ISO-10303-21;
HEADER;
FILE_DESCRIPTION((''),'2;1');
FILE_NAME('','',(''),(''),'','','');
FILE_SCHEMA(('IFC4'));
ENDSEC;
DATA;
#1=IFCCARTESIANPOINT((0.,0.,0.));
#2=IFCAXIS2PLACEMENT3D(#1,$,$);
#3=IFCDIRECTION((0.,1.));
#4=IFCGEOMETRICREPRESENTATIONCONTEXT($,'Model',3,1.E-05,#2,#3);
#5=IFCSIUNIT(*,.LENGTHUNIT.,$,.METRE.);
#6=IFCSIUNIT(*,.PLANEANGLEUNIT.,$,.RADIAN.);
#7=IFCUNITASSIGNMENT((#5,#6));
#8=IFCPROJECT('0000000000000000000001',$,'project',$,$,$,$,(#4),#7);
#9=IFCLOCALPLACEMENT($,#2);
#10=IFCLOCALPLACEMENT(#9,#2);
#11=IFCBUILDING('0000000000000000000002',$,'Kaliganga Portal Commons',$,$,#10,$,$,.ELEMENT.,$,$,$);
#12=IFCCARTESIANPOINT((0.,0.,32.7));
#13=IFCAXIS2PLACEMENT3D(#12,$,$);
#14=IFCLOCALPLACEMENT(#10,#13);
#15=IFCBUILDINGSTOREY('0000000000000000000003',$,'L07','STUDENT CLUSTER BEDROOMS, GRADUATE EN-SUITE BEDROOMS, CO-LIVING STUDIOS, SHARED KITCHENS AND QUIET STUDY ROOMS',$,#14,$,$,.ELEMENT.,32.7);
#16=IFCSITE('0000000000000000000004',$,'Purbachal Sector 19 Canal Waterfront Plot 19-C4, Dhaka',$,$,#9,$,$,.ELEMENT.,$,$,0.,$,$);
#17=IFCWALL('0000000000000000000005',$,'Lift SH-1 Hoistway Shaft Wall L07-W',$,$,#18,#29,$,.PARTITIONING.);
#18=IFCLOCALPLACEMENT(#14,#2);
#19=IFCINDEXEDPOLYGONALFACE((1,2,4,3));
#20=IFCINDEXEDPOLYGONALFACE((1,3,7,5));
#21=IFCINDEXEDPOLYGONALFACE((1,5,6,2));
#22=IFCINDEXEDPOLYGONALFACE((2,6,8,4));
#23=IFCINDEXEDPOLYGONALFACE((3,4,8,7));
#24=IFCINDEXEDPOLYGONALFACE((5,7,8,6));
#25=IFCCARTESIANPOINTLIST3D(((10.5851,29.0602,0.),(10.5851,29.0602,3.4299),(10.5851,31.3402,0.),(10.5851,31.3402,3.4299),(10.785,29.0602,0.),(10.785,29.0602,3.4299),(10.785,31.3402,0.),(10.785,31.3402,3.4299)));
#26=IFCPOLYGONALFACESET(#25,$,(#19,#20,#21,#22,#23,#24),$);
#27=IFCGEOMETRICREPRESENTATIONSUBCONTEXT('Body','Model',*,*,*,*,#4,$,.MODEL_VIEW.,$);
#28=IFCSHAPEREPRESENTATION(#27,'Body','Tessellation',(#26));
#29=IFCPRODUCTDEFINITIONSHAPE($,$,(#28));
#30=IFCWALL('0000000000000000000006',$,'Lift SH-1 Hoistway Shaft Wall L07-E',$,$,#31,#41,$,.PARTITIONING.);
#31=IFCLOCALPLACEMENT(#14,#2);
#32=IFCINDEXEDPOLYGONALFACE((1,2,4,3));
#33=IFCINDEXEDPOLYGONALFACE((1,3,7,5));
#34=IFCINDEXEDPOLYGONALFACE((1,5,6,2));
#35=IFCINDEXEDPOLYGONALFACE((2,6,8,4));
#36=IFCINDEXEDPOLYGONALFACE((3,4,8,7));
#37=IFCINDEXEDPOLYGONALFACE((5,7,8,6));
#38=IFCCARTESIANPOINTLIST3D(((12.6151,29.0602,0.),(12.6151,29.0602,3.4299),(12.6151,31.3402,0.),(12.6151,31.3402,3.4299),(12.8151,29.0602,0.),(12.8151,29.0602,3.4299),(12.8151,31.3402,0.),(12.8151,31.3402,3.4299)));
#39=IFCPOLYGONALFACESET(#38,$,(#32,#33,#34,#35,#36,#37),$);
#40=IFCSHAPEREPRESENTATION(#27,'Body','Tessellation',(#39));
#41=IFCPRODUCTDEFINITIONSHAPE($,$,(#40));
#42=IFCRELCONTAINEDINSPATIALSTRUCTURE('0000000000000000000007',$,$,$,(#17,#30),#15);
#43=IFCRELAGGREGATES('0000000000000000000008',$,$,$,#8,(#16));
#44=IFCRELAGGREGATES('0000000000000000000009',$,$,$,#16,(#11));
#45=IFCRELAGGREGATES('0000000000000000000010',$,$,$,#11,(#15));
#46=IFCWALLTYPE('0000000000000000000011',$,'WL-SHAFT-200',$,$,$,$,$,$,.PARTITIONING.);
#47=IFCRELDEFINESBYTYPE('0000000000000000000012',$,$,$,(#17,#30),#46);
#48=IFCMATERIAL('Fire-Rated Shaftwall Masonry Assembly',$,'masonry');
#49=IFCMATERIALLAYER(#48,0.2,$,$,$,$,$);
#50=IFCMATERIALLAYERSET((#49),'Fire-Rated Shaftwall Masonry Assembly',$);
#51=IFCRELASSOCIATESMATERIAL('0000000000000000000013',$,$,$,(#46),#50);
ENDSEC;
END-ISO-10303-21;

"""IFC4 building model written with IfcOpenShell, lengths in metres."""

from ifc_helpers import new_model, si_unit, direction, frame, frame_2d, origin, place, context, subcontext, project, spatial, rectangle, extrude, material, layer, layer_set, type_object, element, save


model = new_model("IFC4")

# Units and contexts
model_context = context("Model", 3, precision=1e-05, world=origin(), true_north=direction((0.0, 1.0)))
body_context = subcontext(model_context, "Body", "Model", "MODEL_VIEW")
ifc_project = project(units=[si_unit("LENGTHUNIT", "METRE"), si_unit("PLANEANGLEUNIT", "RADIAN")], contexts=[model_context])

# Site, building, storey
site_placement = place(None, origin())
site = spatial("IfcSite", under=ifc_project, at=site_placement, Name="Purbachal Sector 19 Canal Waterfront Plot 19-C4, Dhaka", CompositionType="ELEMENT", RefElevation=0.0)
building_placement = place(site_placement, origin())
building = spatial("IfcBuilding", under=site, at=building_placement, Name="Kaliganga Portal Commons", CompositionType="ELEMENT")
storey_placement = place(building_placement, frame((0.0, 0.0, 32.7)))
storey = spatial("IfcBuildingStorey", under=building, at=storey_placement, Name="L07", Description="STUDENT CLUSTER BEDROOMS, GRADUATE EN-SUITE BEDROOMS, CO-LIVING STUDIOS, SHARED KITCHENS AND QUIET STUDY ROOMS", CompositionType="ELEMENT", Elevation=32.7)

# Walls
ifc_material_1 = material(Name="Fire-Rated Shaftwall Masonry Assembly", Category="masonry")
ifc_layer_1 = layer(ifc_material_1, 0.2)
ifc_layer_set_1 = layer_set([ifc_layer_1], Name="Fire-Rated Shaftwall Masonry Assembly")
wall_type_1 = type_object("IfcWallType", Name="WL-SHAFT-200", PredefinedType="PARTITIONING", material=ifc_layer_set_1)
for number, where, z_axis, x_axis, name in (
    (1, (10.6851, 29.0601, 0.0), (0.0, 0.0, 1.0), (0.0, 1.0, 0.0), "Lift SH-1 Hoistway Shaft Wall L07-W"),
    (2, (12.7151, 29.0601, 0.0), (0.0, 0.0, 1.0), (0.0, 1.0, 0.0), "Lift SH-1 Hoistway Shaft Wall L07-E"),
):
    element("IfcWall", number, at=place(storey_placement, frame(where, z_axis=z_axis, x_axis=x_axis)), inside=storey, type_object=wall_type_1, Name=name, PredefinedType="PARTITIONING", context=body_context, shape_type="SweptSolid", body=[
        extrude(rectangle(XDim=2.28, YDim=0.2, at=frame_2d((1.1401, 0.0))), origin(), (0.0, 0.0, 1.0), 3.4299),
    ])

save(model, "model.ifc")
